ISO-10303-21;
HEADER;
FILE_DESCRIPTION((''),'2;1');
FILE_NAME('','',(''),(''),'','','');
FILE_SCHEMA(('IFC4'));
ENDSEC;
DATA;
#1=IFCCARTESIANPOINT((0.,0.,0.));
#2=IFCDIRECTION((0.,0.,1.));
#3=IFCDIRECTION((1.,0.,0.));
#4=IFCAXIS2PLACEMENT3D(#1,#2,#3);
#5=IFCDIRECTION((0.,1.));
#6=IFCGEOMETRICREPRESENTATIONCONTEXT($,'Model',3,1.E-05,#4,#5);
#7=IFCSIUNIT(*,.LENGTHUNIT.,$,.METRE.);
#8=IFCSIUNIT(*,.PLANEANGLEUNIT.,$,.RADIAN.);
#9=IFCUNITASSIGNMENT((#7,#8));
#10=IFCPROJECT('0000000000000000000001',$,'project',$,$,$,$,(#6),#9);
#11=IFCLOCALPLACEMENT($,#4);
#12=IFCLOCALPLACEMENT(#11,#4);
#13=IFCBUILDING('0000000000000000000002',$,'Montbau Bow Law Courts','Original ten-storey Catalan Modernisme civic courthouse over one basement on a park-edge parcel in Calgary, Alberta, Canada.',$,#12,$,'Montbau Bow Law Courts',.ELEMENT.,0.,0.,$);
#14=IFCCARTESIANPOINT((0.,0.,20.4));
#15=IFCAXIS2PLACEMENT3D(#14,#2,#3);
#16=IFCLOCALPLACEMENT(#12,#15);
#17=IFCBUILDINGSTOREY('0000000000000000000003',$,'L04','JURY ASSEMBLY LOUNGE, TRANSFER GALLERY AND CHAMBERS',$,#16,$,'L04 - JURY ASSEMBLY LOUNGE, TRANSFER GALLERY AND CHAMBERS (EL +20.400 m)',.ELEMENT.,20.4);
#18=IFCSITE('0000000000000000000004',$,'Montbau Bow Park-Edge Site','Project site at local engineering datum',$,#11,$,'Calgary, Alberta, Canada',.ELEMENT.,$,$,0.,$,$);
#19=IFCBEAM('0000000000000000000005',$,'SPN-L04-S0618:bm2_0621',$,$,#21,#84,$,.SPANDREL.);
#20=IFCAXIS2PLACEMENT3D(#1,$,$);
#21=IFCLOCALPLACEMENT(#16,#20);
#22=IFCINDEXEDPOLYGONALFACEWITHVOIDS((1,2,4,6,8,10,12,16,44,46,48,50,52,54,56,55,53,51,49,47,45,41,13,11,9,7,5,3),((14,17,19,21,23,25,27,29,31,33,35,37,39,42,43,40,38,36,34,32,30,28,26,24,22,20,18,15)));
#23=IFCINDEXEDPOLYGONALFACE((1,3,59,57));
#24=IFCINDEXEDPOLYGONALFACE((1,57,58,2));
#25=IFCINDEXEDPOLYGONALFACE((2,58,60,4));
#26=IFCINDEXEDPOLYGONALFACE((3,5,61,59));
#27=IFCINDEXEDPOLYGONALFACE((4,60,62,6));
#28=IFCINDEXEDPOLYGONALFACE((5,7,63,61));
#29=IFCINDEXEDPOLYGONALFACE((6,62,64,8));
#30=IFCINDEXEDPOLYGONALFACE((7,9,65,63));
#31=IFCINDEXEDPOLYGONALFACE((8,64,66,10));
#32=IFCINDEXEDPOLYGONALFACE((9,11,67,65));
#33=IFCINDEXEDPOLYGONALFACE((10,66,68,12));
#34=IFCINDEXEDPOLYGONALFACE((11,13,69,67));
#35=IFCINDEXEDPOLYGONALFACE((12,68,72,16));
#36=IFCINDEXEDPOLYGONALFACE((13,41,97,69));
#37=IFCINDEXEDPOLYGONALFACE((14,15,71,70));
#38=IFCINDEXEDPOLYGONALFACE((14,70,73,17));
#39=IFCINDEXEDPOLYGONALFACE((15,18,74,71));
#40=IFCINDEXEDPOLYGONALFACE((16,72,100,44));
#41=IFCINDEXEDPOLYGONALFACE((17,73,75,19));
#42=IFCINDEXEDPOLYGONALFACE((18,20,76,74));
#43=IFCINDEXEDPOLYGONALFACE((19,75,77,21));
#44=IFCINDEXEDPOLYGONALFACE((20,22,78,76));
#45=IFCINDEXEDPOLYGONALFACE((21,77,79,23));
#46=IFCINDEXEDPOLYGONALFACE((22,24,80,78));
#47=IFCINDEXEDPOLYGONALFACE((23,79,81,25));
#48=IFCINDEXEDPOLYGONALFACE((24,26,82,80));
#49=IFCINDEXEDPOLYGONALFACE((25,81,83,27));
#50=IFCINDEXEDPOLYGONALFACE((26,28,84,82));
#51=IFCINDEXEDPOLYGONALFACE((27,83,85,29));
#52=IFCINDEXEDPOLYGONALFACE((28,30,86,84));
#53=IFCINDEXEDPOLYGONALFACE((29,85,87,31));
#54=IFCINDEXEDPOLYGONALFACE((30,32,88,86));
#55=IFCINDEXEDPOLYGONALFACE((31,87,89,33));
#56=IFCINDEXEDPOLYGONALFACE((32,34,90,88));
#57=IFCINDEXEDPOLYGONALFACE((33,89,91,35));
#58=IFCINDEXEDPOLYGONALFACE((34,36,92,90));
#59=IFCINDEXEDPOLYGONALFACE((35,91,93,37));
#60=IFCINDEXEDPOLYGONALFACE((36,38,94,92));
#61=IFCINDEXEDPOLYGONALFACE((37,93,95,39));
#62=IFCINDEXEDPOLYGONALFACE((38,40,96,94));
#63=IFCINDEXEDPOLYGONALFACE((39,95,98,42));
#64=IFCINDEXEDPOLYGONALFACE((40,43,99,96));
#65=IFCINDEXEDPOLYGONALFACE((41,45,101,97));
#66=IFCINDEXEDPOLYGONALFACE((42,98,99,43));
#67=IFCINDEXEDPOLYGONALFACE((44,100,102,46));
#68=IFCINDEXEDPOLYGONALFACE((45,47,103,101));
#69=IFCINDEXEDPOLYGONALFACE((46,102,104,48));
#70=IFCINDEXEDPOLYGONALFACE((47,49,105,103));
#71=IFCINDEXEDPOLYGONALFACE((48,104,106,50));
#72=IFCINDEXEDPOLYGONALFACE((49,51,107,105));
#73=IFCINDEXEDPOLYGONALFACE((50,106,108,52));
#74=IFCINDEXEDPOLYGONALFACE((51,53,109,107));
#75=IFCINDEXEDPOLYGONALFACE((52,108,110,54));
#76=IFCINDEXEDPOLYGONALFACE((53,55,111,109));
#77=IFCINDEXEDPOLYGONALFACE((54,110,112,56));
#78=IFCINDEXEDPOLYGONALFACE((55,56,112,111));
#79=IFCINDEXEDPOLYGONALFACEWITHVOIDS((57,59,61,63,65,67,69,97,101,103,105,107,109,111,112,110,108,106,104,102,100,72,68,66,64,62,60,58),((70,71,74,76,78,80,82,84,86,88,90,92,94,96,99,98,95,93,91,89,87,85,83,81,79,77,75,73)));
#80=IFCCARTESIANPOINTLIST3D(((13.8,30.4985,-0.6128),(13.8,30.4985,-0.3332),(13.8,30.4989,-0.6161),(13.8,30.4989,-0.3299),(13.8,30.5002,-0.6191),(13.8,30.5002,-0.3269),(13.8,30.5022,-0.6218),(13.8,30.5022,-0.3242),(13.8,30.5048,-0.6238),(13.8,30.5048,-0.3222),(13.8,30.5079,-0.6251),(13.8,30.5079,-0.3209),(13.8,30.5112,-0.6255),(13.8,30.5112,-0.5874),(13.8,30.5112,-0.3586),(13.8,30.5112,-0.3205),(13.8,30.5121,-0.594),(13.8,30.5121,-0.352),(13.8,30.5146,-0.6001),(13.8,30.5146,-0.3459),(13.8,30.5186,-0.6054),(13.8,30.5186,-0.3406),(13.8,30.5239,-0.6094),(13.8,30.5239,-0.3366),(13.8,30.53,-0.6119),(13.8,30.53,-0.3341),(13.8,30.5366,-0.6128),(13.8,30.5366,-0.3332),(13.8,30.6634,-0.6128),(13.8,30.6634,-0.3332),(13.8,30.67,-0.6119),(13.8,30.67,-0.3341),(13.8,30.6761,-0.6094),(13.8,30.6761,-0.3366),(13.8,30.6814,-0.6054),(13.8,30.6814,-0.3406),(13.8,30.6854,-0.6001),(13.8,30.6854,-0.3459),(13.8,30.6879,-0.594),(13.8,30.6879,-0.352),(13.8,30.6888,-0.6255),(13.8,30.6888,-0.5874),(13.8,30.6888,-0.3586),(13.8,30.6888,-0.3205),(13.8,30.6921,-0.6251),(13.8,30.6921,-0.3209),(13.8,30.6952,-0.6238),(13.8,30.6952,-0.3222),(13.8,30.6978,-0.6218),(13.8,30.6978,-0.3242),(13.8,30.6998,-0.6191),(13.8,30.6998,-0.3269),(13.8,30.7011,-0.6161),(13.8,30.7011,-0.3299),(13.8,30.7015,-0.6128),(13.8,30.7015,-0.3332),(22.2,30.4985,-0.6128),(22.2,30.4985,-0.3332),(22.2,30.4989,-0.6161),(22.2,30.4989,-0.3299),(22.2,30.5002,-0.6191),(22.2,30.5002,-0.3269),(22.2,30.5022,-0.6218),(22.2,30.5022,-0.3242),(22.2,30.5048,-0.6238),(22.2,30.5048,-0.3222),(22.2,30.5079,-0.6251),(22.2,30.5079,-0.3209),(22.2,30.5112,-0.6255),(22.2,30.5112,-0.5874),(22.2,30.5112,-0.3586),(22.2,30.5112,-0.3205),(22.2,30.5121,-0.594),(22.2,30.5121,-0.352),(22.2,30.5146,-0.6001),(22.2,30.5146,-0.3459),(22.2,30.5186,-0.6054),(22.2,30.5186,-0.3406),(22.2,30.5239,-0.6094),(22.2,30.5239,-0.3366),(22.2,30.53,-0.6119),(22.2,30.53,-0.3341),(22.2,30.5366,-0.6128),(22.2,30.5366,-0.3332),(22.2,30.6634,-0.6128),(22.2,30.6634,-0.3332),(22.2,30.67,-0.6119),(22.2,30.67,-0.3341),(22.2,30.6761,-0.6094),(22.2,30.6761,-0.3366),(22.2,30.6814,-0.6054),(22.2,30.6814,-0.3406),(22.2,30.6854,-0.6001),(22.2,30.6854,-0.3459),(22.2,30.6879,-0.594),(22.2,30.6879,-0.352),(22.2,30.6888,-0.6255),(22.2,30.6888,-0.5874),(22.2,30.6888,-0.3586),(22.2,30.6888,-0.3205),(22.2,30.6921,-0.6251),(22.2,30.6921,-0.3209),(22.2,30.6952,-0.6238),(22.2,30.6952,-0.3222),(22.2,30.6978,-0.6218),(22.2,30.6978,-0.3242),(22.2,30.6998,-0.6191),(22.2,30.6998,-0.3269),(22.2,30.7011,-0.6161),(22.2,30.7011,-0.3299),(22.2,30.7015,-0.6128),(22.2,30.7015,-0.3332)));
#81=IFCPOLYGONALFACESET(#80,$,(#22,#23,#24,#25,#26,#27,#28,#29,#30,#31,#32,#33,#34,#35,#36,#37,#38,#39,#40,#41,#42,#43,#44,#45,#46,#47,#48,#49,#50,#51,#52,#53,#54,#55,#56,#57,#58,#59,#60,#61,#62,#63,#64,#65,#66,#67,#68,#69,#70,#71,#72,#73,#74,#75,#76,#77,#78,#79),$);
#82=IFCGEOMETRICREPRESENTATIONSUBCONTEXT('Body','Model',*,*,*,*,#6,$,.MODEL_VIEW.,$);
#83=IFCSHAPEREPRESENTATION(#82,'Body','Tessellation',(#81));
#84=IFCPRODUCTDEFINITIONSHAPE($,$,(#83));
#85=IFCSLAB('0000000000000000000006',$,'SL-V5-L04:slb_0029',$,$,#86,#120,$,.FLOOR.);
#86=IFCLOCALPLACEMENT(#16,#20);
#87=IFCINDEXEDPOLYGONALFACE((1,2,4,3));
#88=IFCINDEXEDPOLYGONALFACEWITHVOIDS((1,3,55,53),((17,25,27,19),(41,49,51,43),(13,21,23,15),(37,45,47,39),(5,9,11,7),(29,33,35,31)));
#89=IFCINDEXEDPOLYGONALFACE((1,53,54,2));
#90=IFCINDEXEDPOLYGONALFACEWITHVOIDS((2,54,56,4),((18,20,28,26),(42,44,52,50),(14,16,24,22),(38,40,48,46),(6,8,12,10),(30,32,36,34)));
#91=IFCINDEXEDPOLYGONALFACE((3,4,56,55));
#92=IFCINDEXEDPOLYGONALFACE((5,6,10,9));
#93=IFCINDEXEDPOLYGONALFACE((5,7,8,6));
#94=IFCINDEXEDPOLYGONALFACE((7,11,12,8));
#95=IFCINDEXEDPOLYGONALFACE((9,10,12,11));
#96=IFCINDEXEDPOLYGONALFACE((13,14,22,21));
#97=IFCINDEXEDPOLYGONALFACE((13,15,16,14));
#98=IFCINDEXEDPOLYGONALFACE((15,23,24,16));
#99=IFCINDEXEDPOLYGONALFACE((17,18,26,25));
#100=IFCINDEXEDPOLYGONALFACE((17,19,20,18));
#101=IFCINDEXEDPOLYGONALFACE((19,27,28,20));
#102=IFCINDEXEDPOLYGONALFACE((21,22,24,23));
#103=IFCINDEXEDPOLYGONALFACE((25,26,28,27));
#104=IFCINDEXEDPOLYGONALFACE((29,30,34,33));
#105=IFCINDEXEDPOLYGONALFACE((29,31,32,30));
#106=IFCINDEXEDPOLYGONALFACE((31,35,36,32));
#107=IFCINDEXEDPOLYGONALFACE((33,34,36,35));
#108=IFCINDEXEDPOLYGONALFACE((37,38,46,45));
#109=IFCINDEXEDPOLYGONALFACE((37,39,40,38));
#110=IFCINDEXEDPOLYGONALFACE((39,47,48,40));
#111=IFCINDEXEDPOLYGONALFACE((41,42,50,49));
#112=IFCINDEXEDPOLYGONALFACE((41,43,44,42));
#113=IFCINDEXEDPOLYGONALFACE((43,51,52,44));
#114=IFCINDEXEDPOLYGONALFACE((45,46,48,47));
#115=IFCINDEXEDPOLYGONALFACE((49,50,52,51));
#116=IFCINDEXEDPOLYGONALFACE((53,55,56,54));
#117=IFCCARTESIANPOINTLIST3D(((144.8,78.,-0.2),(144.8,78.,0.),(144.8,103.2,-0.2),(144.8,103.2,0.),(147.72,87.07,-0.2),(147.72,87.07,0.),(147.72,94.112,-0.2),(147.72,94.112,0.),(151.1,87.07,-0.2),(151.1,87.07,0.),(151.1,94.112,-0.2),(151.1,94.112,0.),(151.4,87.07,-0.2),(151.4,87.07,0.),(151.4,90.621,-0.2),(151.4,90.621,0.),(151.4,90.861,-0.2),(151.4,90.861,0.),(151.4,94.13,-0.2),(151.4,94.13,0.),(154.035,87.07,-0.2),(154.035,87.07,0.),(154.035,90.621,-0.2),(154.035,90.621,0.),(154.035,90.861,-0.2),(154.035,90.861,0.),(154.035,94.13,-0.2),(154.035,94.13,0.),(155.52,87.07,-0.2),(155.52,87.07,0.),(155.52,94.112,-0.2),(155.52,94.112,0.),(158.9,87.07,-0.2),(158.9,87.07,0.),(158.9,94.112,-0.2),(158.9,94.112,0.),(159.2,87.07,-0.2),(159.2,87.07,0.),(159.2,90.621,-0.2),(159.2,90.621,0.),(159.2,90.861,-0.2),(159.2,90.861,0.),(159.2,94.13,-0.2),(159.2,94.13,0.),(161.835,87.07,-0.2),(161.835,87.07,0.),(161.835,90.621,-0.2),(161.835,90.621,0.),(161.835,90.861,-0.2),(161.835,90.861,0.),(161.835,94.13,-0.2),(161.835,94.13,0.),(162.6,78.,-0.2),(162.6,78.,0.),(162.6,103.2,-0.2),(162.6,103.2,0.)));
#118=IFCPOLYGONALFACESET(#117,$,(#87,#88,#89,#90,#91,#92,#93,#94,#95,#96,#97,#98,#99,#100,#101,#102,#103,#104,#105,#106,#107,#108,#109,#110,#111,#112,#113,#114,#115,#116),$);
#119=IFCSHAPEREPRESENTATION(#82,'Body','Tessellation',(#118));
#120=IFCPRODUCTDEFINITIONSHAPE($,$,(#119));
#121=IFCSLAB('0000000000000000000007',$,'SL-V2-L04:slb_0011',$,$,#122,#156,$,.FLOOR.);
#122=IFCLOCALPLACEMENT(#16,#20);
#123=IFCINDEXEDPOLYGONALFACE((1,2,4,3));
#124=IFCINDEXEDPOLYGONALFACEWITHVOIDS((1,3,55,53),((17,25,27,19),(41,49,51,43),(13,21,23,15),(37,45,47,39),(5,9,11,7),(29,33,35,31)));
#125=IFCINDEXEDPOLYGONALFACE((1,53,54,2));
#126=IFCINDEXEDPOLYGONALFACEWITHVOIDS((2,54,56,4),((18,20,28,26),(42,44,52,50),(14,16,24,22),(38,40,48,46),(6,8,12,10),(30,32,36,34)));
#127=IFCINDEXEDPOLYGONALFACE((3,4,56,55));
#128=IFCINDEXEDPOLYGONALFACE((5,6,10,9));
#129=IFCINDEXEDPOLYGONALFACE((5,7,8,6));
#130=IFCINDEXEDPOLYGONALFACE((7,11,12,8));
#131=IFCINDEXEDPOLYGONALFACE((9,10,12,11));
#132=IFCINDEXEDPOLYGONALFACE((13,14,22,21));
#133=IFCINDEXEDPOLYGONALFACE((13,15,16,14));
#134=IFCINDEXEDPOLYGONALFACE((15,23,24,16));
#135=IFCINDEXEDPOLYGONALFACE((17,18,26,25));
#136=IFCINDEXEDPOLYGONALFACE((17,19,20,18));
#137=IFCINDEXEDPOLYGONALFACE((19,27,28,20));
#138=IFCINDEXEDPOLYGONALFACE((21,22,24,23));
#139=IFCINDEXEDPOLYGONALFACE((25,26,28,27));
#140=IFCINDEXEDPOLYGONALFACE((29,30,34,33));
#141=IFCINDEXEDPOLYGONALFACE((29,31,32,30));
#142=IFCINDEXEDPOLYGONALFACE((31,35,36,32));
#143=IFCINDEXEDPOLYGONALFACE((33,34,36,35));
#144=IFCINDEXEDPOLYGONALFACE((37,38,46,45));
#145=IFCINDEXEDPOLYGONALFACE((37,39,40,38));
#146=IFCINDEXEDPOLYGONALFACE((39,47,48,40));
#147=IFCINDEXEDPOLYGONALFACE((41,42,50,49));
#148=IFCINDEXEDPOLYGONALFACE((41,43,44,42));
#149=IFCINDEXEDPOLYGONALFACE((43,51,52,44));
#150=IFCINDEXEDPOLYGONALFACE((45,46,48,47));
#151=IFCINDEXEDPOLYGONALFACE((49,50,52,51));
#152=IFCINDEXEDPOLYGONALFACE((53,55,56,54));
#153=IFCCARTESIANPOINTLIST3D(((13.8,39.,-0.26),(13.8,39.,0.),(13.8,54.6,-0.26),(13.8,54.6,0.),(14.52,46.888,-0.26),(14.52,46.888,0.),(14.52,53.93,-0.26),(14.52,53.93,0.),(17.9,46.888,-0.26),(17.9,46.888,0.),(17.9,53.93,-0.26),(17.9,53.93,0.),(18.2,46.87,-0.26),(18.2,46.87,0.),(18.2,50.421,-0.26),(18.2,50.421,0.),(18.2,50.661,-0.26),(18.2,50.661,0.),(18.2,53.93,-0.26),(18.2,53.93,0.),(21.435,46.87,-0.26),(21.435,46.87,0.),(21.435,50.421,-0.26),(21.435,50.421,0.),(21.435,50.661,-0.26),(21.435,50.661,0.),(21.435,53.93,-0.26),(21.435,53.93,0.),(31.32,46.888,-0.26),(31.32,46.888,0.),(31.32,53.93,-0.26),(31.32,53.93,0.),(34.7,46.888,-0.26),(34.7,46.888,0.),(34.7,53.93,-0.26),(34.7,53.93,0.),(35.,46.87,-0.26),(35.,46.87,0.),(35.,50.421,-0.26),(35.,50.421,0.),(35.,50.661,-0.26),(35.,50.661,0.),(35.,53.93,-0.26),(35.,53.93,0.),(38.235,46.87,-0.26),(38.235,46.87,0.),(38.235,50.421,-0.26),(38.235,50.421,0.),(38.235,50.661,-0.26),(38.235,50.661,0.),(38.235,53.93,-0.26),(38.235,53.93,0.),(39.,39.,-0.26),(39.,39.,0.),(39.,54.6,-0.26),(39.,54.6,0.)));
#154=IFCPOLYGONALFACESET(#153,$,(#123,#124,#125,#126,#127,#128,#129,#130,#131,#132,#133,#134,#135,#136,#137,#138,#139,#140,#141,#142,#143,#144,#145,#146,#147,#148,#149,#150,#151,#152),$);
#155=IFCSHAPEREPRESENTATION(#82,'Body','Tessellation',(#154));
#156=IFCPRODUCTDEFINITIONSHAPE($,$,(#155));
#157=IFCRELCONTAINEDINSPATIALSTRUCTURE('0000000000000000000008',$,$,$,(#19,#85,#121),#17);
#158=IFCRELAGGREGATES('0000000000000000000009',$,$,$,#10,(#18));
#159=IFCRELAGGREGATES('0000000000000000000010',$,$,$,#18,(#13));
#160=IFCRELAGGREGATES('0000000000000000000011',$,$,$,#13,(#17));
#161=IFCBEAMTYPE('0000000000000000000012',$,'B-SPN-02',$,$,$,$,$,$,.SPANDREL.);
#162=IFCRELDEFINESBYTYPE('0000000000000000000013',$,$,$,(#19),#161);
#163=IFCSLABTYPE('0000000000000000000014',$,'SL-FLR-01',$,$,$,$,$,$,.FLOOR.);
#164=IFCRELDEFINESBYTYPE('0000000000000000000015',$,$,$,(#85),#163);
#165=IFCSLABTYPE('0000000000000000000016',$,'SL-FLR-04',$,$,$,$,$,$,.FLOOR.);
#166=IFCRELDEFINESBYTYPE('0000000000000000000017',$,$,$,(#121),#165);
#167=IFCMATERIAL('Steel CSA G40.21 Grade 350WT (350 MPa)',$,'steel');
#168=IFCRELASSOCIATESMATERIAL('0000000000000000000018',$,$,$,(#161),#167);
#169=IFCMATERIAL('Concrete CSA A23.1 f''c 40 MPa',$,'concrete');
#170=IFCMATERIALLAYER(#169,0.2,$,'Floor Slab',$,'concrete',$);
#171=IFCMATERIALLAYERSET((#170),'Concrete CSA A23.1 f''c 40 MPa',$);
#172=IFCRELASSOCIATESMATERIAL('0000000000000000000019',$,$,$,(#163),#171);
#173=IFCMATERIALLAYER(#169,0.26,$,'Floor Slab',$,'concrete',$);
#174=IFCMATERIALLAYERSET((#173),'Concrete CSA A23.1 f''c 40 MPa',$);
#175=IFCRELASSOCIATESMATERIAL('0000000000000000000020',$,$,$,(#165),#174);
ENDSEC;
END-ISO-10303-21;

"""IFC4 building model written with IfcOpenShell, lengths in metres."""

from ifc_helpers import new_model, si_unit, direction, frame, origin_with_axes, origin_2d_with_axis, place, context, subcontext, project, spatial, polyline, hollow_rectangle, outline, extrude, material, layer, layer_set, material_profile, profile_set, type_object, element, save


model = new_model("IFC4")

# Units and contexts
model_context = context("Model", 3, precision=1e-05, world=origin_with_axes(), true_north=direction((0.0, 1.0)))
body_context = subcontext(model_context, "Body", "Model", "MODEL_VIEW")
ifc_project = project(units=[si_unit("LENGTHUNIT", "METRE"), si_unit("PLANEANGLEUNIT", "RADIAN")], contexts=[model_context])

# Site, building, storey
site_placement = place(None, origin_with_axes())
site = spatial("IfcSite", under=ifc_project, at=site_placement, Name="Montbau Bow Park-Edge Site", Description="Project site at local engineering datum", LongName="Calgary, Alberta, Canada", CompositionType="ELEMENT", RefElevation=0.0)
building_placement = place(site_placement, origin_with_axes())
building = spatial("IfcBuilding", under=site, at=building_placement, Name="Montbau Bow Law Courts", Description="Original ten-storey Catalan Modernisme civic courthouse over one basement on a park-edge parcel in Calgary, Alberta, Canada.", LongName="Montbau Bow Law Courts", CompositionType="ELEMENT", ElevationOfRefHeight=0.0, ElevationOfTerrain=0.0)
storey_placement = place(building_placement, frame((0.0, 0.0, 20.4), z_axis=(0.0, 0.0, 1.0), x_axis=(1.0, 0.0, 0.0)))
storey = spatial("IfcBuildingStorey", under=building, at=storey_placement, Name="L04", Description="JURY ASSEMBLY LOUNGE, TRANSFER GALLERY AND CHAMBERS", LongName="L04 - JURY ASSEMBLY LOUNGE, TRANSFER GALLERY AND CHAMBERS (EL +20.400 m)", CompositionType="ELEMENT", Elevation=20.4)

# Shared definitions
ifc_material_1 = material(Name="Concrete CSA A23.1 f'c 40 MPa", Category="concrete")

# Beam
ifc_material_2 = material(Name="Steel CSA G40.21 Grade 350WT (350 MPa)", Category="steel")
ifc_material_profile_1 = material_profile(ifc_material_2, hollow_rectangle(XDim=0.203, YDim=0.305, WallThickness=0.0127, InnerFilletRadius=0.0254, OuterFilletRadius=0.0127, at=origin_2d_with_axis()), Name="HSS305X203X13", Category="Main", Priority=0)
ifc_profile_set_1 = profile_set([ifc_material_profile_1], Name="Steel CSA G40.21 Grade 350WT (350 MPa)")
beam_type_1 = type_object("IfcBeamType", Name="B-SPN-02", PredefinedType="SPANDREL", material=ifc_profile_set_1)
beam_1_placement = place(None, frame((13.8, 30.6, 19.927), z_axis=(1.0, 0.0, 0.0), x_axis=(0.0, 1.0, 0.0)))
element("IfcBeam", 1, at=beam_1_placement, inside=storey, type_object=beam_type_1, Name="SPN-L04-S0618:bm2_0621", PredefinedType="SPANDREL", context=body_context, shape_type="SweptSolid", body=[
    extrude(hollow_rectangle(XDim=0.203, YDim=0.305, WallThickness=0.0127, InnerFilletRadius=0.0254, OuterFilletRadius=0.0127, at=origin_2d_with_axis()), origin_with_axes(), (0.0, 0.0, 1.0), 8.4),
])

# Slabs
ifc_layer_1 = layer(ifc_material_1, 0.2, Name="Floor Slab", Category="concrete")
ifc_layer_set_1 = layer_set([ifc_layer_1], Name="Concrete CSA A23.1 f'c 40 MPa")
slab_type_1 = type_object("IfcSlabType", Name="SL-FLR-01", PredefinedType="FLOOR", material=ifc_layer_set_1)
slab_1_placement = place(None, frame((0.0, 0.0, 20.2), z_axis=(0.0, 0.0, 1.0), x_axis=(1.0, 0.0, 0.0)))
element("IfcSlab", 2, at=slab_1_placement, inside=storey, type_object=slab_type_1, Name="SL-V5-L04:slb_0029", PredefinedType="FLOOR", context=body_context, shape_type="SweptSolid", body=[
    extrude(outline(polyline([(144.8, 78.0), (162.6, 78.0), (162.6, 103.2), (144.8, 103.2), (144.8, 78.0)]), holes=[polyline([(147.72, 87.07), (151.1, 87.07), (151.1, 94.112), (147.72, 94.112), (147.72, 87.07)]), polyline([(151.4, 87.07), (154.035, 87.07), (154.035, 90.621), (151.4, 90.621), (151.4, 87.07)]), polyline([(151.4, 90.861), (154.035, 90.861), (154.035, 94.13), (151.4, 94.13), (151.4, 90.861)]), polyline([(155.52, 87.07), (158.9, 87.07), (158.9, 94.112), (155.52, 94.112), (155.52, 87.07)]), polyline([(159.2, 87.07), (161.835, 87.07), (161.835, 90.621), (159.2, 90.621), (159.2, 87.07)]), polyline([(159.2, 90.861), (161.835, 90.861), (161.835, 94.13), (159.2, 94.13), (159.2, 90.861)])]), origin_with_axes(), (0.0, 0.0, 1.0), 0.2),
])
ifc_layer_2 = layer(ifc_material_1, 0.26, Name="Floor Slab", Category="concrete")
ifc_layer_set_2 = layer_set([ifc_layer_2], Name="Concrete CSA A23.1 f'c 40 MPa")
slab_type_2 = type_object("IfcSlabType", Name="SL-FLR-04", PredefinedType="FLOOR", material=ifc_layer_set_2)
slab_2_placement = place(None, frame((0.0, 0.0, 20.14), z_axis=(0.0, 0.0, 1.0), x_axis=(1.0, 0.0, 0.0)))
element("IfcSlab", 3, at=slab_2_placement, inside=storey, type_object=slab_type_2, Name="SL-V2-L04:slb_0011", PredefinedType="FLOOR", context=body_context, shape_type="SweptSolid", body=[
    extrude(outline(polyline([(13.8, 39.0), (39.0, 39.0), (39.0, 54.6), (13.8, 54.6), (13.8, 39.0)]), holes=[polyline([(14.52, 46.888), (17.9, 46.888), (17.9, 53.93), (14.52, 53.93), (14.52, 46.888)]), polyline([(18.2, 46.87), (21.435, 46.87), (21.435, 50.421), (18.2, 50.421), (18.2, 46.87)]), polyline([(18.2, 50.661), (21.435, 50.661), (21.435, 53.93), (18.2, 53.93), (18.2, 50.661)]), polyline([(31.32, 46.888), (34.7, 46.888), (34.7, 53.93), (31.32, 53.93), (31.32, 46.888)]), polyline([(35.0, 46.87), (38.235, 46.87), (38.235, 50.421), (35.0, 50.421), (35.0, 46.87)]), polyline([(35.0, 50.661), (38.235, 50.661), (38.235, 53.93), (35.0, 53.93), (35.0, 50.661)])]), origin_with_axes(), (0.0, 0.0, 1.0), 0.26),
])

save(model, "model.ifc")
